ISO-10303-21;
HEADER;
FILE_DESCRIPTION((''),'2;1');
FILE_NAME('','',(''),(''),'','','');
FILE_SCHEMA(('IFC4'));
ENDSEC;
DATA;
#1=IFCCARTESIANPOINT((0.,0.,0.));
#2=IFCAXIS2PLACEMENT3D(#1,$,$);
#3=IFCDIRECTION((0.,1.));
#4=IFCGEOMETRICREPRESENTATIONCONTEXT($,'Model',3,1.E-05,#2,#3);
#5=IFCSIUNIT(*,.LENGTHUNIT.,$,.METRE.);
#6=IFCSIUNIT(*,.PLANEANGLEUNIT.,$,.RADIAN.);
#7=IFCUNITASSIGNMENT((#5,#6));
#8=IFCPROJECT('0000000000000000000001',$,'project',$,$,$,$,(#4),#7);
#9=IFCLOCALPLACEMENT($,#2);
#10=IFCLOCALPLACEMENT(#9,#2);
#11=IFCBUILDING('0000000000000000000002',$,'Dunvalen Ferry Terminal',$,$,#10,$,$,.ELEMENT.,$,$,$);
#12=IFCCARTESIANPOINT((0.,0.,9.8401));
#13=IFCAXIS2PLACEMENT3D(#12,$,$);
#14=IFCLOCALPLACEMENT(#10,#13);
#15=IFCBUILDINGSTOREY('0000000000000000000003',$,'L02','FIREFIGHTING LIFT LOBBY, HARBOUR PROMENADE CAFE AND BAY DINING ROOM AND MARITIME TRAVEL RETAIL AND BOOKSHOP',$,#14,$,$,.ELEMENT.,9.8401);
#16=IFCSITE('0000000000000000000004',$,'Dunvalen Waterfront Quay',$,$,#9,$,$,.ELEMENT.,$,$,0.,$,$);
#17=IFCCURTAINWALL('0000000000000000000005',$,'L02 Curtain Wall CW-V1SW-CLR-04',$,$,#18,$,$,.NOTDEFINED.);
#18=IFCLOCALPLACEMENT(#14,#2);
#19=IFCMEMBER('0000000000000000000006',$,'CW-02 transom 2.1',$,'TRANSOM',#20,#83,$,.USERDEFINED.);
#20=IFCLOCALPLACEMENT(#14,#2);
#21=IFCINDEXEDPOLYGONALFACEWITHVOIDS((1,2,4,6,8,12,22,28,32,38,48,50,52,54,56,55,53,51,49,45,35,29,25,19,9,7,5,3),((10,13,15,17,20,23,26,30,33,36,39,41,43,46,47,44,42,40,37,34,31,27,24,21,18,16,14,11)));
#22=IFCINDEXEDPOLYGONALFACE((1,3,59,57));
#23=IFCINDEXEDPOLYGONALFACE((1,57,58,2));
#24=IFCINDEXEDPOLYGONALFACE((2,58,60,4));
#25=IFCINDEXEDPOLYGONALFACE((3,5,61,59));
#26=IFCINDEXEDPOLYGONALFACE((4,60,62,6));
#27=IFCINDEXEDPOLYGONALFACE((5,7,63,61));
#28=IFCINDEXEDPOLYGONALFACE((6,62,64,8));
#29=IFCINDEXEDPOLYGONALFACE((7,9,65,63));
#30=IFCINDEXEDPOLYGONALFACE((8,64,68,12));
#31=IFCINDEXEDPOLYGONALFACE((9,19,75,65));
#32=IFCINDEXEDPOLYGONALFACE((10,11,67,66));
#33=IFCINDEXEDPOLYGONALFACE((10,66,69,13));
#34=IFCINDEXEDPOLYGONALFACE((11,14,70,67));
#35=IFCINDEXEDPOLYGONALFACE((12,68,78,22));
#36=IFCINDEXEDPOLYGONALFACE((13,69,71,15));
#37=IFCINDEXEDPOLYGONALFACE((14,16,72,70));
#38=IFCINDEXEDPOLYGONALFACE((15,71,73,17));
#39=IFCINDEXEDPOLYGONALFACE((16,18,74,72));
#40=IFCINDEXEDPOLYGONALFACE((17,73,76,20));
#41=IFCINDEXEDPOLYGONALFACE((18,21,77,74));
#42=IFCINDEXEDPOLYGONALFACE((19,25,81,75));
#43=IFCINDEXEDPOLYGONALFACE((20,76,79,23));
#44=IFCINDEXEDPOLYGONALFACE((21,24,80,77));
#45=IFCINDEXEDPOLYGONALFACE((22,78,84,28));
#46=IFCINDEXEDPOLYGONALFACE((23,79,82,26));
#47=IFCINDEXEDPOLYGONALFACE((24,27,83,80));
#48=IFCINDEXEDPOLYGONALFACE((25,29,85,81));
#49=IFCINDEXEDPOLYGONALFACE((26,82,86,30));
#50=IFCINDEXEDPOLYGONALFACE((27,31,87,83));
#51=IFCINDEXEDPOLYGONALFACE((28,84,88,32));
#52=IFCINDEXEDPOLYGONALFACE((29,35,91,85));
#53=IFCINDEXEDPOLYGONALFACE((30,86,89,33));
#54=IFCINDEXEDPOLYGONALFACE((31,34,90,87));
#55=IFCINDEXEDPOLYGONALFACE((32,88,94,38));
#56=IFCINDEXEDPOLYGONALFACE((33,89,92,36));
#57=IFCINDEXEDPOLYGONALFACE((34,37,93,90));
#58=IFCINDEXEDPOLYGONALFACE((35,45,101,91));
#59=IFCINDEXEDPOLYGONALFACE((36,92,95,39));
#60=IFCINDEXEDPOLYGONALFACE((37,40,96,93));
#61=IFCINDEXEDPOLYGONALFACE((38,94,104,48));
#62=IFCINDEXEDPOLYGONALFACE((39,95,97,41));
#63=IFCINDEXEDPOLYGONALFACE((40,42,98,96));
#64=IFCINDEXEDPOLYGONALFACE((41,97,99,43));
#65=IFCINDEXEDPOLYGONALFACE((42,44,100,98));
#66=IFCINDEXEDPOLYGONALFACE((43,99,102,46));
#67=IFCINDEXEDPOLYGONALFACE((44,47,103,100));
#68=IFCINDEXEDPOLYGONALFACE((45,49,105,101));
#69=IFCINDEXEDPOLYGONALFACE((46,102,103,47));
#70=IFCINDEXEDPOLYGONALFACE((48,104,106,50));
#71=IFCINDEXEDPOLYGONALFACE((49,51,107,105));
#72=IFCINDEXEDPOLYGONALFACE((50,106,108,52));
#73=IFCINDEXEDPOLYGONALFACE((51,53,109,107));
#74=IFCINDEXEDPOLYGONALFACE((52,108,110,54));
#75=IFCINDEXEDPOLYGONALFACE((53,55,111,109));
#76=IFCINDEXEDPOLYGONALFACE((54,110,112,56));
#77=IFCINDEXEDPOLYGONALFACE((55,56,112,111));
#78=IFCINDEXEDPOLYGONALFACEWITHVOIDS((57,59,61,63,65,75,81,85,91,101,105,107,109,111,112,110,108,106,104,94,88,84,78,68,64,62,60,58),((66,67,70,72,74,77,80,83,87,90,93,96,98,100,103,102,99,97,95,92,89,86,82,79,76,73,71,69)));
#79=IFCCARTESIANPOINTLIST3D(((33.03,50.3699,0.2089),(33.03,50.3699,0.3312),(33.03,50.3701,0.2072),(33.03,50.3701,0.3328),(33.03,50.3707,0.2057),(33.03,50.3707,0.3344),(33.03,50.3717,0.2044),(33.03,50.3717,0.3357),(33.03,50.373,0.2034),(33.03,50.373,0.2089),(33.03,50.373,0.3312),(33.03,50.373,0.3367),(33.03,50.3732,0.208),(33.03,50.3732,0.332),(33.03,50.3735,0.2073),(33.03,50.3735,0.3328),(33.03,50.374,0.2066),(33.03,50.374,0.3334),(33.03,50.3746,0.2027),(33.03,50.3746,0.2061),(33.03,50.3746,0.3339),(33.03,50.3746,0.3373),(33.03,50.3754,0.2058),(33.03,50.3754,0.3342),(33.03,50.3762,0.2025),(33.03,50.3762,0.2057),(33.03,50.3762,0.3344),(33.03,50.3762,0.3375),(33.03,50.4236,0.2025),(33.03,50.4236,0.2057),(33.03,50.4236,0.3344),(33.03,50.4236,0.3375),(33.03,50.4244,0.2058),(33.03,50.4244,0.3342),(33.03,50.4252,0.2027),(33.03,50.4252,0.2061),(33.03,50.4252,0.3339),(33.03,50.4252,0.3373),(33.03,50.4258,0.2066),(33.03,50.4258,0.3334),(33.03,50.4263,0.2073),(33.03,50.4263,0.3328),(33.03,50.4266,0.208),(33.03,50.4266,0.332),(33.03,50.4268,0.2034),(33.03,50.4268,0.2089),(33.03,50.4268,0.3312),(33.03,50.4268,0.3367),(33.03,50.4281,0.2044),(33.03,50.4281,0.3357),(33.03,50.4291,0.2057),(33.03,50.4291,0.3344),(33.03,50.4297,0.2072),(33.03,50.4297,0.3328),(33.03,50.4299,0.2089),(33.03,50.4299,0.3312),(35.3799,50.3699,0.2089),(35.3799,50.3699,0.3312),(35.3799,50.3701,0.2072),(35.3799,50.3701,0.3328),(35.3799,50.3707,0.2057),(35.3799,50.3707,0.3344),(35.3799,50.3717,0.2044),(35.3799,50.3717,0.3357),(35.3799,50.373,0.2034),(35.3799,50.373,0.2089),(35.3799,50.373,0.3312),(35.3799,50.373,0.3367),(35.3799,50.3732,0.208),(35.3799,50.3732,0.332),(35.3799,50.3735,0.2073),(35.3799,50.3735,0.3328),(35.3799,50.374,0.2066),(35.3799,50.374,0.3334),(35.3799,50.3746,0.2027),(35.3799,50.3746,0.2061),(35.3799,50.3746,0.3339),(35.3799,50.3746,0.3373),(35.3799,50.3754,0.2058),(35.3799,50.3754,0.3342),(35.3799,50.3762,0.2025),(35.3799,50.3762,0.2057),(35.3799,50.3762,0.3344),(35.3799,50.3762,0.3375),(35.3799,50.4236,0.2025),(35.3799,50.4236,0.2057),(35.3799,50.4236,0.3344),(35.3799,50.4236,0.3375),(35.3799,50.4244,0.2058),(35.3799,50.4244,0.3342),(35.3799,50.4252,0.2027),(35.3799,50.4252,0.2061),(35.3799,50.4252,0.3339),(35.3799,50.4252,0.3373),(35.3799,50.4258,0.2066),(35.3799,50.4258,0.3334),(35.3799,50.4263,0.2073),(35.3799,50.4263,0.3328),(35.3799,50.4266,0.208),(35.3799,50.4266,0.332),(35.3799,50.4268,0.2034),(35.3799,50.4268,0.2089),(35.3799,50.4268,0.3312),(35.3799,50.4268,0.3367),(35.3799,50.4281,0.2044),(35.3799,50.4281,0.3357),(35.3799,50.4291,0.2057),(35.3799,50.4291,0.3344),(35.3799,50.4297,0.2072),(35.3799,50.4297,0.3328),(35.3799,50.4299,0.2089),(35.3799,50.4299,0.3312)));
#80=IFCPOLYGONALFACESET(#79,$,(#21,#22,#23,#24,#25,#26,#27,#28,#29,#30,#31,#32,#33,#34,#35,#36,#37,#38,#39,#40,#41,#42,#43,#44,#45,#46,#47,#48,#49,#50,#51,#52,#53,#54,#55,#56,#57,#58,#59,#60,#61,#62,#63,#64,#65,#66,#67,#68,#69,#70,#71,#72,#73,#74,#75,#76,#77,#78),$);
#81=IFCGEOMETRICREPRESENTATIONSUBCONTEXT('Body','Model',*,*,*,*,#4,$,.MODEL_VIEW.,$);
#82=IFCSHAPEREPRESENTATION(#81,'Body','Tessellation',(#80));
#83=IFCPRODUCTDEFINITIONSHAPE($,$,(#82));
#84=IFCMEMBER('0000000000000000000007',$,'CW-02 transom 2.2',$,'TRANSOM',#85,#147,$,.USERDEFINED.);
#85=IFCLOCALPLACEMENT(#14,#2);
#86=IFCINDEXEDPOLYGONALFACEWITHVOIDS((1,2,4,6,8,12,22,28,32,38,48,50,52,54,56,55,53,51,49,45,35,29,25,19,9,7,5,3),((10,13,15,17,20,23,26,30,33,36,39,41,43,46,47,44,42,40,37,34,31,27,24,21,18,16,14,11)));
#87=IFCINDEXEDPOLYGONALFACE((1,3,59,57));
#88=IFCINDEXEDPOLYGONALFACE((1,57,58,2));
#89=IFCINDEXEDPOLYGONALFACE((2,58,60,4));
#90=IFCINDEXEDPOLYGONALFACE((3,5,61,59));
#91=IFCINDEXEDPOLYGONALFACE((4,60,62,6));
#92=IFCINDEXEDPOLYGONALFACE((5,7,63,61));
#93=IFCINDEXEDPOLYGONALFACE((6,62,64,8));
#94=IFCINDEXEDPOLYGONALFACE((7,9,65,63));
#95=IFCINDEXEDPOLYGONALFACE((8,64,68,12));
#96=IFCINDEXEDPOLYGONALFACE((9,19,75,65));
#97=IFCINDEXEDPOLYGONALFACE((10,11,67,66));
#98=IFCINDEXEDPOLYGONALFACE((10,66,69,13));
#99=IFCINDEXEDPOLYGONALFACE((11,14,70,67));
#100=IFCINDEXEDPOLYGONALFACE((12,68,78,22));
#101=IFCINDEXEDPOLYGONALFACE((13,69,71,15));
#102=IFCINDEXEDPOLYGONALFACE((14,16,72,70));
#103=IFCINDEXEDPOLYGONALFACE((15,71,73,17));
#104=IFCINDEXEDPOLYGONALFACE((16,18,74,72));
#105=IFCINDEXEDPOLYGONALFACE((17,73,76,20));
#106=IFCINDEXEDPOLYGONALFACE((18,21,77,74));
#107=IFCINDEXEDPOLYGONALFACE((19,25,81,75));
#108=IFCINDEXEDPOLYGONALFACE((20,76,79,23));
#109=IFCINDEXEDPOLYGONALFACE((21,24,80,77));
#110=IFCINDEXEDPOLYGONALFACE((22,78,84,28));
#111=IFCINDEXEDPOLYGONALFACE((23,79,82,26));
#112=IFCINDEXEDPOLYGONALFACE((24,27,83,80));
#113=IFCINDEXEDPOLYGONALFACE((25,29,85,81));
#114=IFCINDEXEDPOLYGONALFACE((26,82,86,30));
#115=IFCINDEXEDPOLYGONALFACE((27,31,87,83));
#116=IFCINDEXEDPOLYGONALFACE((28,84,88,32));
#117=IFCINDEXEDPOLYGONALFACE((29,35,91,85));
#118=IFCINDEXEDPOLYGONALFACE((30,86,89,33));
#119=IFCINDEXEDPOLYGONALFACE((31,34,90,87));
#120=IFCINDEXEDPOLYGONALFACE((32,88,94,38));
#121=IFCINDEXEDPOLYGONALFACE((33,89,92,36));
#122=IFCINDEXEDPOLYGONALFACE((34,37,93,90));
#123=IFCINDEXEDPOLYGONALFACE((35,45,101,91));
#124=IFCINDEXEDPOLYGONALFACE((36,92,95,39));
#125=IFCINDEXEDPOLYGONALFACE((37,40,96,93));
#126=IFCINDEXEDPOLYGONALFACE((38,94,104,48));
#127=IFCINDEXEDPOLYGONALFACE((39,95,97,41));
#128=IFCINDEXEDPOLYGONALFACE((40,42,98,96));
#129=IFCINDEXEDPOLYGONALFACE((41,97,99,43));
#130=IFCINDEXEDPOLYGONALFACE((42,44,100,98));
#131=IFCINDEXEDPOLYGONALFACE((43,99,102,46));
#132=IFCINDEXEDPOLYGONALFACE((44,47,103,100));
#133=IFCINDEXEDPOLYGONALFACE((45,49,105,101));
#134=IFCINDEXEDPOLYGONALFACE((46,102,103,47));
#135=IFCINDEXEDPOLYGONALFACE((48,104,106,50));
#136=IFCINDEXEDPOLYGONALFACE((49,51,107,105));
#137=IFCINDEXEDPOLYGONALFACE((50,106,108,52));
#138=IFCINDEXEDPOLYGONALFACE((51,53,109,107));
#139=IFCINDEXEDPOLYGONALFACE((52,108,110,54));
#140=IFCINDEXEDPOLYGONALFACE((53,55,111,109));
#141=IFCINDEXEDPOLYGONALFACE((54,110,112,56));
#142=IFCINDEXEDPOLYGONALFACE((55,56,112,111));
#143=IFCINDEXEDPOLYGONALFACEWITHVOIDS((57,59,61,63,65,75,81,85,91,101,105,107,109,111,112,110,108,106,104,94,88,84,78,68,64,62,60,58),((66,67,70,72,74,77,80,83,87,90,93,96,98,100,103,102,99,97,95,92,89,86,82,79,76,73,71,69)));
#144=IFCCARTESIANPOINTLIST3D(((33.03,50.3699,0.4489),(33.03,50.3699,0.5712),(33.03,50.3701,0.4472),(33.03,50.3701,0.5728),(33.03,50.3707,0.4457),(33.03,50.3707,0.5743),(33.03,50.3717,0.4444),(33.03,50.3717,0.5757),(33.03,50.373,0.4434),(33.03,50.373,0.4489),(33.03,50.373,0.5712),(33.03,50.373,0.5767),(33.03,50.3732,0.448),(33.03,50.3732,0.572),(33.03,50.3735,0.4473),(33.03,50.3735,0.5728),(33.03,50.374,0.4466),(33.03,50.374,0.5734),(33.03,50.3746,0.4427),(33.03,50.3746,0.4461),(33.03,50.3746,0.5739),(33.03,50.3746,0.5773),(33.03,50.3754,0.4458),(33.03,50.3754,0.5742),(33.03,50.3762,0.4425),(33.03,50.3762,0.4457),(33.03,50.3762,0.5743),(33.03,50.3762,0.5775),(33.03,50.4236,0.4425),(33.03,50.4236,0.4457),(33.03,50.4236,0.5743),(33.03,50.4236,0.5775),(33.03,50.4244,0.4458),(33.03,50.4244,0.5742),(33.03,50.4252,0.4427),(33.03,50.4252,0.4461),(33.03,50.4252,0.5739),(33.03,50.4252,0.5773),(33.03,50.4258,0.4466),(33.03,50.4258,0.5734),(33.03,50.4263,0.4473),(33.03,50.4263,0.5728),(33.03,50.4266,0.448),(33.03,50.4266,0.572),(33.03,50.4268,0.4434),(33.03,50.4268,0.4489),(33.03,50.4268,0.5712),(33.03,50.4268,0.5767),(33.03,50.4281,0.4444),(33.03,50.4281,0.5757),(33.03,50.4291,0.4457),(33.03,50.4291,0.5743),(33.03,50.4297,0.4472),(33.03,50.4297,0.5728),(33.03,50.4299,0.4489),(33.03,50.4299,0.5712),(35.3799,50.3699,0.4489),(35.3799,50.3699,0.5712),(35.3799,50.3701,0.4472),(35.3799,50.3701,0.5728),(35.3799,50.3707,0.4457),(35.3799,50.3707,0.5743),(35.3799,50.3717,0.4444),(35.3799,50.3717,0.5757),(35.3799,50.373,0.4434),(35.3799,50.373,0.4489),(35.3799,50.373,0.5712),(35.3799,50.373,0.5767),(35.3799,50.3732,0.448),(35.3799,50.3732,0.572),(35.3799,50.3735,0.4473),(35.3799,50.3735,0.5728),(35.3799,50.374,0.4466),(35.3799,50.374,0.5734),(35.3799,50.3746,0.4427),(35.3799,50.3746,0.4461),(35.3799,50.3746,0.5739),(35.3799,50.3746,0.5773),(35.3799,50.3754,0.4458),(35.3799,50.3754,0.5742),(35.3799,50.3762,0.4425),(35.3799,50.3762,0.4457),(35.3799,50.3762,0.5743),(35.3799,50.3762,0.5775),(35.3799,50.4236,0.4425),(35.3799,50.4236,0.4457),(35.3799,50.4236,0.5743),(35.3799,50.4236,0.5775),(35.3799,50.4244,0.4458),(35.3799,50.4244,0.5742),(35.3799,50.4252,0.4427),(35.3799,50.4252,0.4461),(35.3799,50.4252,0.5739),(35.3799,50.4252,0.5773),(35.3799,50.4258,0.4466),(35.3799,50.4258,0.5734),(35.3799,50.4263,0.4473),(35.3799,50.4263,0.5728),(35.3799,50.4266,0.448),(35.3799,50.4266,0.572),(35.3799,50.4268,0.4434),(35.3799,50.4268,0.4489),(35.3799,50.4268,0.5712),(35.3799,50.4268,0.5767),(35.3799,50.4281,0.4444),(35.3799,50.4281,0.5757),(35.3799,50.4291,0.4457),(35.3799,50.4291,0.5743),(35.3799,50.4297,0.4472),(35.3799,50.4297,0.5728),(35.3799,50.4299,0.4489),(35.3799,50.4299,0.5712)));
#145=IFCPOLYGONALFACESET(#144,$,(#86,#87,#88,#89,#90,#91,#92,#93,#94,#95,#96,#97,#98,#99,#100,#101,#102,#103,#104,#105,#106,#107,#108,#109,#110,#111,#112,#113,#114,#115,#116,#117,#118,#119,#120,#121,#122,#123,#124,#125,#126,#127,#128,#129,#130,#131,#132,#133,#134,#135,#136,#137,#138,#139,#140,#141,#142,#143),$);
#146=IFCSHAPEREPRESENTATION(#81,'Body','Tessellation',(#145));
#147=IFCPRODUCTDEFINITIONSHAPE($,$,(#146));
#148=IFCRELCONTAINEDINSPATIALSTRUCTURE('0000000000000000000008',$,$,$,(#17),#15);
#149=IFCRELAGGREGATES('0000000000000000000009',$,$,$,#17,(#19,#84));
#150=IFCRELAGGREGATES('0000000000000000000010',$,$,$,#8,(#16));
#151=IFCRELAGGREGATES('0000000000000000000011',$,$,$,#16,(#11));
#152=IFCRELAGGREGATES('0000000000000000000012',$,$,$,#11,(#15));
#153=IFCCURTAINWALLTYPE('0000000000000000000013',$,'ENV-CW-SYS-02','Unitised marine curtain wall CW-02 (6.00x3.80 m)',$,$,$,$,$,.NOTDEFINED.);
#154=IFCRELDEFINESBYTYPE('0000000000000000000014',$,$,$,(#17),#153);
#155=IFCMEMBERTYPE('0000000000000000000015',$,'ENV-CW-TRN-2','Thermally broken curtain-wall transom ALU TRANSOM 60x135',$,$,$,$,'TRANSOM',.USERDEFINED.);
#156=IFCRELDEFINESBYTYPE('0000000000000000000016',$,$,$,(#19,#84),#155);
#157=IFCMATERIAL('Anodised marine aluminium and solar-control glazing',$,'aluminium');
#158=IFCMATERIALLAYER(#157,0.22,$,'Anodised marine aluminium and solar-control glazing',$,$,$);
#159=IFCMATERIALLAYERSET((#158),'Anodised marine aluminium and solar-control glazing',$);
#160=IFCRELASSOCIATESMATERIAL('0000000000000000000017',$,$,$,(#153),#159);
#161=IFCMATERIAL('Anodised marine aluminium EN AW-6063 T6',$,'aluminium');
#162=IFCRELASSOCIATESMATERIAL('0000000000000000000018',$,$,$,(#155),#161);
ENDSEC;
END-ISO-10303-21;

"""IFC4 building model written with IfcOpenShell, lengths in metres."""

from ifc_helpers import new_model, si_unit, direction, frame, origin, origin_2d, place, context, subcontext, project, spatial, hollow_rectangle, extrude, material, layer, layer_set, material_profile, profile_set, type_object, element, aggregate, save


model = new_model("IFC4")

# Units and contexts
model_context = context("Model", 3, precision=1e-05, world=origin(), true_north=direction((0.0, 1.0)))
body_context = subcontext(model_context, "Body", "Model", "MODEL_VIEW")
ifc_project = project(units=[si_unit("LENGTHUNIT", "METRE"), si_unit("PLANEANGLEUNIT", "RADIAN")], contexts=[model_context])

# Site, building, storey
site_placement = place(None, origin())
site = spatial("IfcSite", under=ifc_project, at=site_placement, Name="Dunvalen Waterfront Quay", CompositionType="ELEMENT", RefElevation=0.0)
building_placement = place(site_placement, origin())
building = spatial("IfcBuilding", under=site, at=building_placement, Name="Dunvalen Ferry Terminal", CompositionType="ELEMENT")
storey_placement = place(building_placement, frame((0.0, 0.0, 9.8401)))
storey = spatial("IfcBuildingStorey", under=building, at=storey_placement, Name="L02", Description="FIREFIGHTING LIFT LOBBY, HARBOUR PROMENADE CAFE AND BAY DINING ROOM AND MARITIME TRAVEL RETAIL AND BOOKSHOP", CompositionType="ELEMENT", Elevation=9.8401)

# Shared definitions
ifc_material_1 = material(Name="Anodised marine aluminium and solar-control glazing", Category="aluminium")
ifc_layer_1 = layer(ifc_material_1, 0.22, Name="Anodised marine aluminium and solar-control glazing")
ifc_layer_set_1 = layer_set([ifc_layer_1], Name="Anodised marine aluminium and solar-control glazing")
curtain_wall_type = type_object("IfcCurtainWallType", Name="ENV-CW-SYS-02", Description="Unitised marine curtain wall CW-02 (6.00x3.80 m)", PredefinedType="NOTDEFINED", material=ifc_layer_set_1)
ifc_material_2 = material(Name="Anodised marine aluminium EN AW-6063 T6", Category="aluminium")

# Curtain wall, members
curtain_wall_1_placement = place(storey_placement, origin())
curtain_wall_1 = element("IfcCurtainWall", 1, at=curtain_wall_1_placement, inside=storey, type_object=curtain_wall_type, Name="L02 Curtain Wall CW-V1SW-CLR-04", PredefinedType="NOTDEFINED")
ifc_material_profile_1 = material_profile(ifc_material_2, hollow_rectangle(XDim=0.0601, YDim=0.135, WallThickness=0.0032, InnerFilletRadius=0.0032, OuterFilletRadius=0.0063, at=origin_2d()), Name="Anodised marine aluminium EN AW-6063 T6")
ifc_profile_set_1 = profile_set([ifc_material_profile_1], Name="Anodised marine aluminium EN AW-6063 T6")
member_type_1 = type_object("IfcMemberType", Name="ENV-CW-TRN-2", Description="Thermally broken curtain-wall transom ALU TRANSOM 60x135", ElementType="TRANSOM", PredefinedType="USERDEFINED", material=ifc_profile_set_1)
member_1_placement = place(storey_placement, frame((33.03, 50.3999, 0.27), z_axis=(1.0, 0.0, 0.0), x_axis=(0.0, 1.0, 0.0)))
member_1 = element("IfcMember", 2, at=member_1_placement, type_object=member_type_1, Name="CW-02 transom 2.1", ObjectType="TRANSOM", PredefinedType="USERDEFINED", context=body_context, shape_type="SweptSolid", body=[
    extrude(hollow_rectangle(XDim=0.0601, YDim=0.135, WallThickness=0.0032, InnerFilletRadius=0.0032, OuterFilletRadius=0.0063, at=origin_2d()), origin(), (0.0, 0.0, 1.0), 2.3499),
])
member_2_placement = place(storey_placement, frame((33.03, 50.3999, 0.51), z_axis=(1.0, 0.0, 0.0), x_axis=(0.0, 1.0, 0.0)))
member_2 = element("IfcMember", 3, at=member_2_placement, type_object=member_type_1, Name="CW-02 transom 2.2", ObjectType="TRANSOM", PredefinedType="USERDEFINED", context=body_context, shape_type="SweptSolid", body=[
    extrude(hollow_rectangle(XDim=0.0601, YDim=0.135, WallThickness=0.0032, InnerFilletRadius=0.0032, OuterFilletRadius=0.0063, at=origin_2d()), origin(), (0.0, 0.0, 1.0), 2.3499),
])

aggregate(curtain_wall_1, [member_1, member_2])

save(model, "model.ifc")
